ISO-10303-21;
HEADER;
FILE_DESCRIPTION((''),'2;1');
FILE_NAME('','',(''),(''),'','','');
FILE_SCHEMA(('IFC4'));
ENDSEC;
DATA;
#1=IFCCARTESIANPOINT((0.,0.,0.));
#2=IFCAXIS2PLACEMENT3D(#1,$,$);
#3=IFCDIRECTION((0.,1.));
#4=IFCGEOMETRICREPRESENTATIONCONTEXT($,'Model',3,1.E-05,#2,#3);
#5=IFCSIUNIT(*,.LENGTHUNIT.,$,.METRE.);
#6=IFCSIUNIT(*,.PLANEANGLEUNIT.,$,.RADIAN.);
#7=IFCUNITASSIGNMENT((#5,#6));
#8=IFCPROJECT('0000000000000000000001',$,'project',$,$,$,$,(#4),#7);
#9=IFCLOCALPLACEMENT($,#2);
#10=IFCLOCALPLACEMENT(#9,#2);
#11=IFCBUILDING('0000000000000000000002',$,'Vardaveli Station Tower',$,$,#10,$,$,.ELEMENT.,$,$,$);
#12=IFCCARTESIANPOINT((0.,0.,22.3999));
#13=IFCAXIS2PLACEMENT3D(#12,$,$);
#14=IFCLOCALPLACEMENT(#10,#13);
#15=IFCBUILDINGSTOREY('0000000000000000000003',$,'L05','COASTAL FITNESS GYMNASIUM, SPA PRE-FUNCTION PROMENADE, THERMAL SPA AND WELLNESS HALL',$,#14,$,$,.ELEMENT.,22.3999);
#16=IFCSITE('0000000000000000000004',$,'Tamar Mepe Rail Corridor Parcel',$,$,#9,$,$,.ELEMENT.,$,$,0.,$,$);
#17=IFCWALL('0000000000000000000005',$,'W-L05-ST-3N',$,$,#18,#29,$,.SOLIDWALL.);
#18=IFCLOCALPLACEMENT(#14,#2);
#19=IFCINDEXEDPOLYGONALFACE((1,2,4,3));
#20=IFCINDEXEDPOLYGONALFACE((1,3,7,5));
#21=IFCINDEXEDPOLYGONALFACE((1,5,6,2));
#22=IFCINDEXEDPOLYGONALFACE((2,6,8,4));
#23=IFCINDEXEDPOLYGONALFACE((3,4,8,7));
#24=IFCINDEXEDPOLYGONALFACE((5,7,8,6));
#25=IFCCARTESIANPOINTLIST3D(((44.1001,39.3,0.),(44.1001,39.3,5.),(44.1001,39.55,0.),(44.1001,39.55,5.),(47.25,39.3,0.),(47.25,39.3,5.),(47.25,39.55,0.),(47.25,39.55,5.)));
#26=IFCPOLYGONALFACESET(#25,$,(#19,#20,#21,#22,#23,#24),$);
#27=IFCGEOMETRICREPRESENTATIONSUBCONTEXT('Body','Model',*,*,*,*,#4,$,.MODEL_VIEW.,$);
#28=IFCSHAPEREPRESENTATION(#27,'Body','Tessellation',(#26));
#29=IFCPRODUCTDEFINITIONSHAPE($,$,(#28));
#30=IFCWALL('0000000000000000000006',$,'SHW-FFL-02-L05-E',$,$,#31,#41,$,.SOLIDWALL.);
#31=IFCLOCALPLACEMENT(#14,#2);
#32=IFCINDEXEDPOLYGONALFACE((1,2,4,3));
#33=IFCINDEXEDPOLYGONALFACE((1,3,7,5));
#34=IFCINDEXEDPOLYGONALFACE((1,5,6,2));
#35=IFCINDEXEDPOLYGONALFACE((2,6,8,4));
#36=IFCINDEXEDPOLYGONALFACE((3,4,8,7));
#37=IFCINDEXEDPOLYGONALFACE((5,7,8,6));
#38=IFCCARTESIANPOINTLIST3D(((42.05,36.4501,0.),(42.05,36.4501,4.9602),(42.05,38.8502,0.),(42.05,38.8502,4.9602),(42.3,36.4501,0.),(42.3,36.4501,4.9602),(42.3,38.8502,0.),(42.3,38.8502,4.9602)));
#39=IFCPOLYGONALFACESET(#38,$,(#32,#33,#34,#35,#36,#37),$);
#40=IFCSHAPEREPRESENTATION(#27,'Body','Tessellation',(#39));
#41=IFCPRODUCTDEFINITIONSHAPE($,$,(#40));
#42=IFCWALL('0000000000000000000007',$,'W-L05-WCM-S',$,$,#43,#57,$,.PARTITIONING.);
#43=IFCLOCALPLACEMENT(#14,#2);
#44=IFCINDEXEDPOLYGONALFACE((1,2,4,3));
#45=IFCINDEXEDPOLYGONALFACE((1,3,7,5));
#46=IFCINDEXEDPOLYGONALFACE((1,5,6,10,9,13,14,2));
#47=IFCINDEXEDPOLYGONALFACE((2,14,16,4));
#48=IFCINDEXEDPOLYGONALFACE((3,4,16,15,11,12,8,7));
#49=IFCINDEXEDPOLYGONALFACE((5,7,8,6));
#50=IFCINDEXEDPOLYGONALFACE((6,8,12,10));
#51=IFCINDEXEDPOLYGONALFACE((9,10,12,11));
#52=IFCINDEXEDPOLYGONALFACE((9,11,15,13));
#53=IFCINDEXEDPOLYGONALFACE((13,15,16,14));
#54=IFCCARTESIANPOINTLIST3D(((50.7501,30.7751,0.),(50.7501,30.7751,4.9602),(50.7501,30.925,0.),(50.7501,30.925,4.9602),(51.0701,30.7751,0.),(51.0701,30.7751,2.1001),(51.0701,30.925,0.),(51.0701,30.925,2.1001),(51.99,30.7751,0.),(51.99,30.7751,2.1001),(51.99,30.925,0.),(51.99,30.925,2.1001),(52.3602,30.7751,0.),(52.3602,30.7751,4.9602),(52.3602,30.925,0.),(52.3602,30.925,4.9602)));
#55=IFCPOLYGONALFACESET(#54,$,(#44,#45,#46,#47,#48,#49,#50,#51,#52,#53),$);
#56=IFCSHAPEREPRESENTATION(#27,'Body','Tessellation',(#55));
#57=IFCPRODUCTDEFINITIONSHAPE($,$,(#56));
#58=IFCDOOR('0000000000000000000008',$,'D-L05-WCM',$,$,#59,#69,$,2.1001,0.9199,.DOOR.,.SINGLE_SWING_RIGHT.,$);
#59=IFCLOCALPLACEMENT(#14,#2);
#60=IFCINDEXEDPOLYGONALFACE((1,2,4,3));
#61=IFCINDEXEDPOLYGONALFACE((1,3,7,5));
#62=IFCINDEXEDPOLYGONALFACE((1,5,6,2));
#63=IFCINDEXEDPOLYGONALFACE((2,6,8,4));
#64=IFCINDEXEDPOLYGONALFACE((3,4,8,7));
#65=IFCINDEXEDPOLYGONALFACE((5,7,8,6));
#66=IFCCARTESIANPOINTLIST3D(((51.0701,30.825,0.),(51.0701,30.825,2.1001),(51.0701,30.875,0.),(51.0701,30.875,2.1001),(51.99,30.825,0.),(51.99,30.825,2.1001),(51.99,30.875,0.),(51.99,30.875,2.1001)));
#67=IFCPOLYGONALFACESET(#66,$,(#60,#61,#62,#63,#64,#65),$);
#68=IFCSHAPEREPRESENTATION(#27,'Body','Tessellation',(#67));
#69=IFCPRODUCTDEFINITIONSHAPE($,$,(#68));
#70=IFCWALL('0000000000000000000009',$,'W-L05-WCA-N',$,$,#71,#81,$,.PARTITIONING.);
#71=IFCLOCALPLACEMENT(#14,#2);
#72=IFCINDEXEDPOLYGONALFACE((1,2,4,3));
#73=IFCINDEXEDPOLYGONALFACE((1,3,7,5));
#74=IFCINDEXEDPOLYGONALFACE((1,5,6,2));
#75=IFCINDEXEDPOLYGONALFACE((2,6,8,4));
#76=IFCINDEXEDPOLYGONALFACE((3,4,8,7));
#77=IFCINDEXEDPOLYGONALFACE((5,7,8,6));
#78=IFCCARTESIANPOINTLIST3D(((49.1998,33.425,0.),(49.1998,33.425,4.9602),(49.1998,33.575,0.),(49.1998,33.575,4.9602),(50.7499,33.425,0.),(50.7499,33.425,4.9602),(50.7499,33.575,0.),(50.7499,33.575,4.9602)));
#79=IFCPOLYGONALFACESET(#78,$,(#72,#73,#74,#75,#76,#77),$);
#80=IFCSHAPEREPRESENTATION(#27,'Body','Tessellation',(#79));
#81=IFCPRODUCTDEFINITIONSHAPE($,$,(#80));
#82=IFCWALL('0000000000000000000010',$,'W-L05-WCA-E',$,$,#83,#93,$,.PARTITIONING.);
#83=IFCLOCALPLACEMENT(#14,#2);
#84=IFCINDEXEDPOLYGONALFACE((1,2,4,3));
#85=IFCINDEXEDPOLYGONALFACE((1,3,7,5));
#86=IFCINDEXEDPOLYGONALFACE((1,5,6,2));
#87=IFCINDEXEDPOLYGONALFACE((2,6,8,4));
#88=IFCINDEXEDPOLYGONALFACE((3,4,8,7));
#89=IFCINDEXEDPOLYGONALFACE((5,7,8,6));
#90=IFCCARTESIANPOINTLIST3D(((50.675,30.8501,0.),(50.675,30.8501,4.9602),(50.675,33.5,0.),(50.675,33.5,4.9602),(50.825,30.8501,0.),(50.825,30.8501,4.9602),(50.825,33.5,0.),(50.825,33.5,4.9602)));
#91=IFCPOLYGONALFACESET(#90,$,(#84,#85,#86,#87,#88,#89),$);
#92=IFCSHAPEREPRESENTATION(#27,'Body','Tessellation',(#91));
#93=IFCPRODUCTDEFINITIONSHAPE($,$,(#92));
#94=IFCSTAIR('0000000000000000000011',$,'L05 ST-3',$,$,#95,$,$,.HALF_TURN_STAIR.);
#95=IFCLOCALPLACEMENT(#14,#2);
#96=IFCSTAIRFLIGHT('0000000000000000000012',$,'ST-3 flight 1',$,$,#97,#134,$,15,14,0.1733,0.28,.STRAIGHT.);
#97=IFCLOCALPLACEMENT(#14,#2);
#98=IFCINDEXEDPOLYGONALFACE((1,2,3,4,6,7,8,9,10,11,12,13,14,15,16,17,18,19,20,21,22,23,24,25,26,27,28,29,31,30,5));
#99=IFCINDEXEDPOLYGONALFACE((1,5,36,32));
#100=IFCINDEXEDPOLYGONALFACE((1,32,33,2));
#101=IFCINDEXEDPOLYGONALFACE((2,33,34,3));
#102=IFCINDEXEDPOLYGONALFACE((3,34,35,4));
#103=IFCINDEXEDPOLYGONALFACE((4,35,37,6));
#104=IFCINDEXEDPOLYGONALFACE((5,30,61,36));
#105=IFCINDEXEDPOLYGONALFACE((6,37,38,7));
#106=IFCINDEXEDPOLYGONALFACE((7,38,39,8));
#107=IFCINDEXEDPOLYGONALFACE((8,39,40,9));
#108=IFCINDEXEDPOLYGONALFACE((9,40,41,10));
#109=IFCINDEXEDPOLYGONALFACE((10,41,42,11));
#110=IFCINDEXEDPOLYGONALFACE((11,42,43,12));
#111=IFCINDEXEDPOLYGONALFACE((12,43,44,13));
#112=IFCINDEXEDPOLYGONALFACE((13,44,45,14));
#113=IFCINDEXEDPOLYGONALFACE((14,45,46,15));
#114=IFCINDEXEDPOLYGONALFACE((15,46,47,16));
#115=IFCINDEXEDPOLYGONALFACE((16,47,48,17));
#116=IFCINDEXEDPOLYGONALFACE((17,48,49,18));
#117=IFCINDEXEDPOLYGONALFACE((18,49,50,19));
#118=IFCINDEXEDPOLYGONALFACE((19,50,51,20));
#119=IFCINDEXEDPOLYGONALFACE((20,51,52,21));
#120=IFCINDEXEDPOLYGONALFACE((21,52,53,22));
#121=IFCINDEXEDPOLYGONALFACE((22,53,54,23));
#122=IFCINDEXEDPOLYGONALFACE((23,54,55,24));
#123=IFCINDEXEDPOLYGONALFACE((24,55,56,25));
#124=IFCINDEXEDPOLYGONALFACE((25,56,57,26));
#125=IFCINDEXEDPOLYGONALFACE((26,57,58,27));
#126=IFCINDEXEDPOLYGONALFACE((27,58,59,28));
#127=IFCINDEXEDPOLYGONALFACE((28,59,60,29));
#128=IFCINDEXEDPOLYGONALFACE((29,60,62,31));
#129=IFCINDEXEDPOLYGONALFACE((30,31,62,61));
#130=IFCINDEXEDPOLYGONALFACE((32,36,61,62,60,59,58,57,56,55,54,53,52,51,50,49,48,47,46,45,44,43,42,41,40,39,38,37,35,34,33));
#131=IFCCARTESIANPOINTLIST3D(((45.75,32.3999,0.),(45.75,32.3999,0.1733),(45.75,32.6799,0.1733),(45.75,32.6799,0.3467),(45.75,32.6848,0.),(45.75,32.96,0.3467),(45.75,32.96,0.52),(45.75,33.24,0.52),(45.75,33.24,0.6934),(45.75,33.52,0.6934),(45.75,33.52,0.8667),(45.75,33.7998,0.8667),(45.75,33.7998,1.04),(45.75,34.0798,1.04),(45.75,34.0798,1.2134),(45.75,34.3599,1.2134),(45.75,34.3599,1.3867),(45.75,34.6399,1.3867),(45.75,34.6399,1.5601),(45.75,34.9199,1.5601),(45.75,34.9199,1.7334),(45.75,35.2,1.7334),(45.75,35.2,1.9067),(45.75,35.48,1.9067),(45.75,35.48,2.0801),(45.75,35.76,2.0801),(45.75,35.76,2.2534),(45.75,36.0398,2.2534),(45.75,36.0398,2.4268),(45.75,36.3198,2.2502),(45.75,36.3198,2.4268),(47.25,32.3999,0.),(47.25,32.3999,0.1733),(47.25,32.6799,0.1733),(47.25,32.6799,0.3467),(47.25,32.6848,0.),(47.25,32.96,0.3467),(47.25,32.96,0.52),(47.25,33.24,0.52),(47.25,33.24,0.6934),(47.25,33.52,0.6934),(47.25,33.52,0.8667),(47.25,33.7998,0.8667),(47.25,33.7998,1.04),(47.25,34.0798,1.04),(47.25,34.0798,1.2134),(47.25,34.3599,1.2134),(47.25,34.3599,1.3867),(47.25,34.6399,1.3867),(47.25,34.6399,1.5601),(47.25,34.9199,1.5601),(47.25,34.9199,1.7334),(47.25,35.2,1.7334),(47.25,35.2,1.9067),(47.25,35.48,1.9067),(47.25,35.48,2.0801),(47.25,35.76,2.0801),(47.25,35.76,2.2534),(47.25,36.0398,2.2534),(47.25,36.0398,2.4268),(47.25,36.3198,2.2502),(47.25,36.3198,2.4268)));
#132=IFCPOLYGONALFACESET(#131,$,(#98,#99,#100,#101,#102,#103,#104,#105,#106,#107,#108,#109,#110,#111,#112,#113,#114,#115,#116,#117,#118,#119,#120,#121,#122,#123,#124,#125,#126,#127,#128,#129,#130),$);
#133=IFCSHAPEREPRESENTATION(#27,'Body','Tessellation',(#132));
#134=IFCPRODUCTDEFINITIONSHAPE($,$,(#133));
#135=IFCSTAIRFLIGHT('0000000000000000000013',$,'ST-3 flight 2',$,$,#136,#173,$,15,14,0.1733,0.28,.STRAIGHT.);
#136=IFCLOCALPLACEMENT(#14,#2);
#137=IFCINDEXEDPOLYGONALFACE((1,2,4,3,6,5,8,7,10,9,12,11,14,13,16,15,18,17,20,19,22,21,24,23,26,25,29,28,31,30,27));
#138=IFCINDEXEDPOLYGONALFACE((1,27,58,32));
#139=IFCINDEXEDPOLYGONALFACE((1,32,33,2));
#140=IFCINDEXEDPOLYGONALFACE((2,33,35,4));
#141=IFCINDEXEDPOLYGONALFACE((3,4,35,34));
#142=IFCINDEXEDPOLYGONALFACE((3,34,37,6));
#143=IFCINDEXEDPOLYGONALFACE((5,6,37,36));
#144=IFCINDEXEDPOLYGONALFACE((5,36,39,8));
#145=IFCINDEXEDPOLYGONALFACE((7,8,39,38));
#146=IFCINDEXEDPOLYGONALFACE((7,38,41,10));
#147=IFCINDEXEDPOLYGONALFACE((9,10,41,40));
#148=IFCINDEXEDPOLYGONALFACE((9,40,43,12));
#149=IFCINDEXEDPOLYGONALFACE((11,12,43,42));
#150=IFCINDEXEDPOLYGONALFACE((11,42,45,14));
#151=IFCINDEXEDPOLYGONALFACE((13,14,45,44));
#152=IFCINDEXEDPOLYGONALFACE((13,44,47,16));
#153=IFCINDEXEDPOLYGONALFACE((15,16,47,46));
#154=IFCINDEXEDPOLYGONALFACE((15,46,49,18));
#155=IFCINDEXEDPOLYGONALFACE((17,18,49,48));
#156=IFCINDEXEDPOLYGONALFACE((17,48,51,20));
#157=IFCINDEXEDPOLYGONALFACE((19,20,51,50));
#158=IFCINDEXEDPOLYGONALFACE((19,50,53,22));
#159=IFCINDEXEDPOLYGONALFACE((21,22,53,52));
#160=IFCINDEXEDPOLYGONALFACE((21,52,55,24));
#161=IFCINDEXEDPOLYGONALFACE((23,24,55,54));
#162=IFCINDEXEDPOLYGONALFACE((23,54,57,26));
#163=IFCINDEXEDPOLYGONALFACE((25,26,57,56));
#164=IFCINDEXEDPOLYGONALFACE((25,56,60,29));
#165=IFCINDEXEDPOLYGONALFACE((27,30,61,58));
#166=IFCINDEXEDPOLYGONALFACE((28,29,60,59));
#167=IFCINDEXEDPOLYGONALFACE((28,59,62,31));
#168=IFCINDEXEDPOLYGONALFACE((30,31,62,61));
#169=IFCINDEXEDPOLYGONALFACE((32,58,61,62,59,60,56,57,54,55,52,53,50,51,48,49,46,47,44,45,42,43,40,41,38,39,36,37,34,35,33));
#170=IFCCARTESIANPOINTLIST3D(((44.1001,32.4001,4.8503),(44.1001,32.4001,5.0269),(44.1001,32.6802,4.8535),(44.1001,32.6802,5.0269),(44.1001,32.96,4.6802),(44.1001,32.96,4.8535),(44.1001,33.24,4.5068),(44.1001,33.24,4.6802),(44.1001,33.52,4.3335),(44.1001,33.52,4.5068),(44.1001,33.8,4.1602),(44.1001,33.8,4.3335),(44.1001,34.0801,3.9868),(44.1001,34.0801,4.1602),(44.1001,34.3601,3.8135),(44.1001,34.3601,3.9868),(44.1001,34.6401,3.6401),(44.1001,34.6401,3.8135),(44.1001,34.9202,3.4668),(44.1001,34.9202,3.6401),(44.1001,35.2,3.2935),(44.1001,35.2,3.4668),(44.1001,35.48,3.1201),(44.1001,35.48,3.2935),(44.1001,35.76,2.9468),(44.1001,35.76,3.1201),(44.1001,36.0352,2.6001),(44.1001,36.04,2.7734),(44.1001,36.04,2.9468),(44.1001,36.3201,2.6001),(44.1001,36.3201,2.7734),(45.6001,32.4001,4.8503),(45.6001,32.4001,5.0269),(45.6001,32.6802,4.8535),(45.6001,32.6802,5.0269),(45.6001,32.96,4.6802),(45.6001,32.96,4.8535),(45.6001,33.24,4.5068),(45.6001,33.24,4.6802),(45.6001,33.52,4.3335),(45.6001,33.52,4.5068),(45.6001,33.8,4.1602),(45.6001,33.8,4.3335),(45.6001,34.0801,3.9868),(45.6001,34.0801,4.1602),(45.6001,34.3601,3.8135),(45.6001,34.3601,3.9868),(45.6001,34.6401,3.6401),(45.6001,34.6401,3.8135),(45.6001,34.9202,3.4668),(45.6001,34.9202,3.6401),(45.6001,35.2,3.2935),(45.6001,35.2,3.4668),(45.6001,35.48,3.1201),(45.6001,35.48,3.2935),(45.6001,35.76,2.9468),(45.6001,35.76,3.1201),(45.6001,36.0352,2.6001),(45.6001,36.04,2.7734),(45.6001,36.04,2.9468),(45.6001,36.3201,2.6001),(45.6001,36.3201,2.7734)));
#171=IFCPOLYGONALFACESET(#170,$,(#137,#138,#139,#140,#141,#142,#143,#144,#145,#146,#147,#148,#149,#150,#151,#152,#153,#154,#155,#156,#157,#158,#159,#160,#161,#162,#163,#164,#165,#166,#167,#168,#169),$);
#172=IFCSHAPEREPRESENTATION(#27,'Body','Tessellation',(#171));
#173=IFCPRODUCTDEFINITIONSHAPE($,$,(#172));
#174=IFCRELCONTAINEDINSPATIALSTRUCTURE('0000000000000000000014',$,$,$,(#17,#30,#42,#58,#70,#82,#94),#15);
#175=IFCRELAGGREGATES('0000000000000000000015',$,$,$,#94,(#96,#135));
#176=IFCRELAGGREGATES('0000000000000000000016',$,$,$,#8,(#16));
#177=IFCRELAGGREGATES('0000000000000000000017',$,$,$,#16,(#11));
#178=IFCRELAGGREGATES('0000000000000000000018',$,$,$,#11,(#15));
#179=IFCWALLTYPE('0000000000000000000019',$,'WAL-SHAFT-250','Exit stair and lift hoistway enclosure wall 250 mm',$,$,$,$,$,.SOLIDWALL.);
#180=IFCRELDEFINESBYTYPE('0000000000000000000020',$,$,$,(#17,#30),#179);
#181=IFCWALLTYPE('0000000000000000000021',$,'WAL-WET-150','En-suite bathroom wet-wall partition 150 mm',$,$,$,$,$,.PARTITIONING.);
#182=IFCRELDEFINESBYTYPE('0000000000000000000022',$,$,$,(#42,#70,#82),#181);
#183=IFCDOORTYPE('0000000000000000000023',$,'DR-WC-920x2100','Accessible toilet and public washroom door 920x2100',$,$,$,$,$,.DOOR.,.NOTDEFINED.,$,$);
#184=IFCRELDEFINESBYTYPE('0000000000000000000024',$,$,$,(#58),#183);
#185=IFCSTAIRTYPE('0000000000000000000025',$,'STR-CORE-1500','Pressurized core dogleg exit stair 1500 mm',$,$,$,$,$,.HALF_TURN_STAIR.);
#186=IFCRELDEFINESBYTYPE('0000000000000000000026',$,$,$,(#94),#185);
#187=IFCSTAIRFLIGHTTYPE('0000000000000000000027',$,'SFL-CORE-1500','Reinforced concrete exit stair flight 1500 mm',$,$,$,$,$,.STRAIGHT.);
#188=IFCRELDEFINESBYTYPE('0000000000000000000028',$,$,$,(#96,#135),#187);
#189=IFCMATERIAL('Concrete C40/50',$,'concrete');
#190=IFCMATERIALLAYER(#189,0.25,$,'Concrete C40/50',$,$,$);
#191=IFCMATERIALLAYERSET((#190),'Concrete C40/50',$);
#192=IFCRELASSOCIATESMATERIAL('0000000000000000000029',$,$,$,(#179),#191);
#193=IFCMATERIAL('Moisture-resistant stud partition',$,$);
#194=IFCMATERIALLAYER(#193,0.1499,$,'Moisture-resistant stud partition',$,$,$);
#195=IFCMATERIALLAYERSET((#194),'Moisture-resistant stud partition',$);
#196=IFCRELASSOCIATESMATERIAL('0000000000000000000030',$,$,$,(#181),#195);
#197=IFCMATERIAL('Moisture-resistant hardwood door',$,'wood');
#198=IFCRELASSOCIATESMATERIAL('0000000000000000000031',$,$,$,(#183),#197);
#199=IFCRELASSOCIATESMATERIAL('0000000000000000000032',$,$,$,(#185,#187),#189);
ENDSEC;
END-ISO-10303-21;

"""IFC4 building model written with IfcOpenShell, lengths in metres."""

from ifc_helpers import new_model, si_unit, direction, frame, frame_2d, origin, place, context, subcontext, project, spatial, polyline, rectangle, outline, extrude, source, transform, mapped, material, layer, layer_set, type_object, element, fill, aggregate, save


model = new_model("IFC4")

# Units and contexts
model_context = context("Model", 3, precision=1e-05, world=origin(), true_north=direction((0.0, 1.0)))
body_context = subcontext(model_context, "Body", "Model", "MODEL_VIEW")
ifc_project = project(units=[si_unit("LENGTHUNIT", "METRE"), si_unit("PLANEANGLEUNIT", "RADIAN")], contexts=[model_context])

# Site, building, storey
site_placement = place(None, origin())
site = spatial("IfcSite", under=ifc_project, at=site_placement, Name="Tamar Mepe Rail Corridor Parcel", CompositionType="ELEMENT", RefElevation=0.0)
building_placement = place(site_placement, origin())
building = spatial("IfcBuilding", under=site, at=building_placement, Name="Vardaveli Station Tower", CompositionType="ELEMENT")
storey_placement = place(building_placement, frame((0.0, 0.0, 22.3999)))
storey = spatial("IfcBuildingStorey", under=building, at=storey_placement, Name="L05", Description="COASTAL FITNESS GYMNASIUM, SPA PRE-FUNCTION PROMENADE, THERMAL SPA AND WELLNESS HALL", CompositionType="ELEMENT", Elevation=22.3999)

# Walls
ifc_material_1 = material(Name="Concrete C40/50", Category="concrete")
ifc_layer_1 = layer(ifc_material_1, 0.25, Name="Concrete C40/50")
ifc_layer_set_1 = layer_set([ifc_layer_1], Name="Concrete C40/50")
wall_type_1 = type_object("IfcWallType", Name="WAL-SHAFT-250", Description="Exit stair and lift hoistway enclosure wall 250 mm", PredefinedType="SOLIDWALL", material=ifc_layer_set_1)
shared_shape_1 = source(origin(), body_context, "Body", "SweptSolid", [
    extrude(rectangle(XDim=3.1499, YDim=0.25, at=frame_2d((1.575, 0.0))), origin(), (0.0, 0.0, 1.0), 5.0),
])
wall_1_placement = place(storey_placement, frame((44.1001, 39.425, 0.0), z_axis=(0.0, 0.0, 1.0), x_axis=(1.0, 0.0, 0.0)))
element("IfcWall", 1, at=wall_1_placement, inside=storey, type_object=wall_type_1, Name="W-L05-ST-3N", PredefinedType="SOLIDWALL", context=body_context, shape_type="MappedRepresentation", body=[
    mapped(shared_shape_1, transform((0.0, 0.0, 0.0), scale=1.0)),
])
shared_shape_2 = source(origin(), body_context, "Body", "SweptSolid", [
    extrude(rectangle(XDim=2.4001, YDim=0.25, at=frame_2d((1.2002, 0.0))), origin(), (0.0, 0.0, 1.0), 4.9602),
])
wall_2_placement = place(storey_placement, frame((42.175, 36.45, 0.0), z_axis=(0.0, 0.0, 1.0), x_axis=(0.0, 1.0, 0.0)))
element("IfcWall", 2, at=wall_2_placement, inside=storey, type_object=wall_type_1, Name="SHW-FFL-02-L05-E", PredefinedType="SOLIDWALL", context=body_context, shape_type="MappedRepresentation", body=[
    mapped(shared_shape_2, transform((0.0, 0.0, 0.0), scale=1.0)),
])

# Wall, opening, door
ifc_material_2 = material(Name="Moisture-resistant stud partition")
ifc_layer_2 = layer(ifc_material_2, 0.1499, Name="Moisture-resistant stud partition")
ifc_layer_set_2 = layer_set([ifc_layer_2], Name="Moisture-resistant stud partition")
wall_type_2 = type_object("IfcWallType", Name="WAL-WET-150", Description="En-suite bathroom wet-wall partition 150 mm", PredefinedType="PARTITIONING", material=ifc_layer_set_2)
shared_shape_3 = source(origin(), body_context, "Body", "SweptSolid", [
    extrude(rectangle(XDim=1.6101, YDim=0.1499, at=frame_2d((0.8052, 0.0))), origin(), (0.0, 0.0, 1.0), 4.9602),
])
wall_3_placement = place(storey_placement, frame((50.75, 30.8501, 0.0), z_axis=(0.0, 0.0, 1.0), x_axis=(1.0, 0.0, 0.0)))
wall_3 = element("IfcWall", 3, at=wall_3_placement, inside=storey, type_object=wall_type_2, Name="W-L05-WCM-S", PredefinedType="PARTITIONING", context=body_context, shape_type="MappedRepresentation", body=[
    mapped(shared_shape_3, transform((0.0, 0.0, 0.0), scale=1.0)),
])
shared_shape_4 = source(origin(), body_context, "Body", "SweptSolid", [
    extrude(rectangle(XDim=0.9199, YDim=2.1001, at=frame_2d((0.46, 1.05))), frame((0.0, 0.085, 0.0), z_axis=(0.0, -1.0, 0.0), x_axis=(1.0, 0.0, 0.0)), (0.0, 0.0, 1.0), 0.1699),
])
opening_placement = place(wall_3_placement, frame((0.3201, 0.0, 0.0)))
opening = element("IfcOpeningElement", 4, at=opening_placement, cuts=wall_3, PredefinedType="OPENING", context=body_context, shape_type="MappedRepresentation", body=[
    mapped(shared_shape_4, transform((0.0, 0.0, 0.0), scale=1.0)),
])
ifc_material_3 = material(Name="Moisture-resistant hardwood door", Category="wood")
door_type = type_object("IfcDoorType", Name="DR-WC-920x2100", Description="Accessible toilet and public washroom door 920x2100", OperationType="NOTDEFINED", PredefinedType="DOOR", material=ifc_material_3)
shared_shape_5 = source(origin(), body_context, "Body", "SweptSolid", [
    extrude(rectangle(XDim=0.9199, YDim=2.1001, at=frame_2d((0.46, 1.05))), frame((0.0, 0.0249, 0.0), z_axis=(0.0, -1.0, 0.0), x_axis=(1.0, 0.0, 0.0)), (0.0, 0.0, 1.0), 0.05),
])
door_placement = place(opening_placement, origin())
door = element("IfcDoor", 5, at=door_placement, inside=storey, type_object=door_type, Name="D-L05-WCM", OperationType="SINGLE_SWING_RIGHT", OverallHeight=2.1001, OverallWidth=0.9199, PredefinedType="DOOR", context=body_context, shape_type="MappedRepresentation", body=[
    mapped(shared_shape_5, transform((0.0, 0.0, 0.0), scale=1.0)),
])
fill(opening, door)

# Walls
shared_shape_6 = source(origin(), body_context, "Body", "SweptSolid", [
    extrude(rectangle(XDim=1.55, YDim=0.1499, at=frame_2d((0.7749, 0.0))), origin(), (0.0, 0.0, 1.0), 4.9602),
])
wall_4_placement = place(storey_placement, frame((49.2, 33.5, 0.0), z_axis=(0.0, 0.0, 1.0), x_axis=(1.0, 0.0, 0.0)))
element("IfcWall", 6, at=wall_4_placement, inside=storey, type_object=wall_type_2, Name="W-L05-WCA-N", PredefinedType="PARTITIONING", context=body_context, shape_type="MappedRepresentation", body=[
    mapped(shared_shape_6, transform((0.0, 0.0, 0.0), scale=1.0)),
])
shared_shape_7 = source(origin(), body_context, "Body", "SweptSolid", [
    extrude(rectangle(XDim=2.6499, YDim=0.1499, at=frame_2d((1.325, 0.0))), origin(), (0.0, 0.0, 1.0), 4.9602),
])
wall_5_placement = place(storey_placement, frame((50.75, 30.8501, 0.0), z_axis=(0.0, 0.0, 1.0), x_axis=(0.0, 1.0, 0.0)))
element("IfcWall", 7, at=wall_5_placement, inside=storey, type_object=wall_type_2, Name="W-L05-WCA-E", PredefinedType="PARTITIONING", context=body_context, shape_type="MappedRepresentation", body=[
    mapped(shared_shape_7, transform((0.0, 0.0, 0.0), scale=1.0)),
])

# Stair, stair flights
stair_type = type_object("IfcStairType", Name="STR-CORE-1500", Description="Pressurized core dogleg exit stair 1500 mm", PredefinedType="HALF_TURN_STAIR", material=ifc_material_1)
stair_placement = place(storey_placement, origin())
stair = element("IfcStair", 8, at=stair_placement, inside=storey, type_object=stair_type, Name="L05 ST-3", PredefinedType="HALF_TURN_STAIR")
stair_flight_type = type_object("IfcStairFlightType", Name="SFL-CORE-1500", Description="Reinforced concrete exit stair flight 1500 mm", PredefinedType="STRAIGHT", material=ifc_material_1)
shared_shape_8 = source(origin(), body_context, "Body", "SweptSolid", [
    extrude(outline(polyline([(0.0, 0.0), (0.0, 0.1733), (0.28, 0.1733), (0.28, 0.3467), (0.5601, 0.3467), (0.5601, 0.52), (0.8401, 0.52), (0.8401, 0.6934), (1.1201, 0.6934), (1.1201, 0.8667), (1.3999, 0.8667), (1.3999, 1.04), (1.6799, 1.04), (1.6799, 1.2134), (1.96, 1.2134), (1.96, 1.3867), (2.24, 1.3867), (2.24, 1.5601), (2.52, 1.5601), (2.52, 1.7334), (2.8, 1.7334), (2.8, 1.9067), (3.0801, 1.9067), (3.0801, 2.0801), (3.3601, 2.0801), (3.3601, 2.2534), (3.6399, 2.2534), (3.6399, 2.4268), (3.9199, 2.4268), (3.9199, 2.6001), (3.9199, 2.2502), (0.2849, 0.0), (0.0, 0.0)])), frame((0.0, 0.75, 0.0), z_axis=(0.0, -1.0, 0.0), x_axis=(1.0, 0.0, 0.0)), (0.0, 0.0, 1.0), 1.5),
])
stair_flight_1_placement = place(storey_placement, frame((46.5, 32.3999, 0.0), z_axis=(0.0, 0.0, 1.0), x_axis=(0.0, 1.0, 0.0)))
stair_flight_1 = element("IfcStairFlight", 9, at=stair_flight_1_placement, type_object=stair_flight_type, Name="ST-3 flight 1", NumberOfRisers=15, NumberOfTreads=14, PredefinedType="STRAIGHT", RiserHeight=0.1733, TreadLength=0.28, context=body_context, shape_type="MappedRepresentation", body=[
    mapped(shared_shape_8, transform((0.0, 0.0, 0.0), scale=1.0)),
])
stair_flight_2_placement = place(storey_placement, frame((44.8501, 36.3201, 2.6001), z_axis=(0.0, 0.0, 1.0), x_axis=(0.0, -1.0, 0.0)))
stair_flight_2 = element("IfcStairFlight", 10, at=stair_flight_2_placement, type_object=stair_flight_type, Name="ST-3 flight 2", NumberOfRisers=15, NumberOfTreads=14, PredefinedType="STRAIGHT", RiserHeight=0.1733, TreadLength=0.28, context=body_context, shape_type="MappedRepresentation", body=[
    mapped(shared_shape_8, transform((0.0, 0.0, 0.0), scale=1.0)),
])
aggregate(stair, [stair_flight_1, stair_flight_2])

save(model, "model.ifc")
